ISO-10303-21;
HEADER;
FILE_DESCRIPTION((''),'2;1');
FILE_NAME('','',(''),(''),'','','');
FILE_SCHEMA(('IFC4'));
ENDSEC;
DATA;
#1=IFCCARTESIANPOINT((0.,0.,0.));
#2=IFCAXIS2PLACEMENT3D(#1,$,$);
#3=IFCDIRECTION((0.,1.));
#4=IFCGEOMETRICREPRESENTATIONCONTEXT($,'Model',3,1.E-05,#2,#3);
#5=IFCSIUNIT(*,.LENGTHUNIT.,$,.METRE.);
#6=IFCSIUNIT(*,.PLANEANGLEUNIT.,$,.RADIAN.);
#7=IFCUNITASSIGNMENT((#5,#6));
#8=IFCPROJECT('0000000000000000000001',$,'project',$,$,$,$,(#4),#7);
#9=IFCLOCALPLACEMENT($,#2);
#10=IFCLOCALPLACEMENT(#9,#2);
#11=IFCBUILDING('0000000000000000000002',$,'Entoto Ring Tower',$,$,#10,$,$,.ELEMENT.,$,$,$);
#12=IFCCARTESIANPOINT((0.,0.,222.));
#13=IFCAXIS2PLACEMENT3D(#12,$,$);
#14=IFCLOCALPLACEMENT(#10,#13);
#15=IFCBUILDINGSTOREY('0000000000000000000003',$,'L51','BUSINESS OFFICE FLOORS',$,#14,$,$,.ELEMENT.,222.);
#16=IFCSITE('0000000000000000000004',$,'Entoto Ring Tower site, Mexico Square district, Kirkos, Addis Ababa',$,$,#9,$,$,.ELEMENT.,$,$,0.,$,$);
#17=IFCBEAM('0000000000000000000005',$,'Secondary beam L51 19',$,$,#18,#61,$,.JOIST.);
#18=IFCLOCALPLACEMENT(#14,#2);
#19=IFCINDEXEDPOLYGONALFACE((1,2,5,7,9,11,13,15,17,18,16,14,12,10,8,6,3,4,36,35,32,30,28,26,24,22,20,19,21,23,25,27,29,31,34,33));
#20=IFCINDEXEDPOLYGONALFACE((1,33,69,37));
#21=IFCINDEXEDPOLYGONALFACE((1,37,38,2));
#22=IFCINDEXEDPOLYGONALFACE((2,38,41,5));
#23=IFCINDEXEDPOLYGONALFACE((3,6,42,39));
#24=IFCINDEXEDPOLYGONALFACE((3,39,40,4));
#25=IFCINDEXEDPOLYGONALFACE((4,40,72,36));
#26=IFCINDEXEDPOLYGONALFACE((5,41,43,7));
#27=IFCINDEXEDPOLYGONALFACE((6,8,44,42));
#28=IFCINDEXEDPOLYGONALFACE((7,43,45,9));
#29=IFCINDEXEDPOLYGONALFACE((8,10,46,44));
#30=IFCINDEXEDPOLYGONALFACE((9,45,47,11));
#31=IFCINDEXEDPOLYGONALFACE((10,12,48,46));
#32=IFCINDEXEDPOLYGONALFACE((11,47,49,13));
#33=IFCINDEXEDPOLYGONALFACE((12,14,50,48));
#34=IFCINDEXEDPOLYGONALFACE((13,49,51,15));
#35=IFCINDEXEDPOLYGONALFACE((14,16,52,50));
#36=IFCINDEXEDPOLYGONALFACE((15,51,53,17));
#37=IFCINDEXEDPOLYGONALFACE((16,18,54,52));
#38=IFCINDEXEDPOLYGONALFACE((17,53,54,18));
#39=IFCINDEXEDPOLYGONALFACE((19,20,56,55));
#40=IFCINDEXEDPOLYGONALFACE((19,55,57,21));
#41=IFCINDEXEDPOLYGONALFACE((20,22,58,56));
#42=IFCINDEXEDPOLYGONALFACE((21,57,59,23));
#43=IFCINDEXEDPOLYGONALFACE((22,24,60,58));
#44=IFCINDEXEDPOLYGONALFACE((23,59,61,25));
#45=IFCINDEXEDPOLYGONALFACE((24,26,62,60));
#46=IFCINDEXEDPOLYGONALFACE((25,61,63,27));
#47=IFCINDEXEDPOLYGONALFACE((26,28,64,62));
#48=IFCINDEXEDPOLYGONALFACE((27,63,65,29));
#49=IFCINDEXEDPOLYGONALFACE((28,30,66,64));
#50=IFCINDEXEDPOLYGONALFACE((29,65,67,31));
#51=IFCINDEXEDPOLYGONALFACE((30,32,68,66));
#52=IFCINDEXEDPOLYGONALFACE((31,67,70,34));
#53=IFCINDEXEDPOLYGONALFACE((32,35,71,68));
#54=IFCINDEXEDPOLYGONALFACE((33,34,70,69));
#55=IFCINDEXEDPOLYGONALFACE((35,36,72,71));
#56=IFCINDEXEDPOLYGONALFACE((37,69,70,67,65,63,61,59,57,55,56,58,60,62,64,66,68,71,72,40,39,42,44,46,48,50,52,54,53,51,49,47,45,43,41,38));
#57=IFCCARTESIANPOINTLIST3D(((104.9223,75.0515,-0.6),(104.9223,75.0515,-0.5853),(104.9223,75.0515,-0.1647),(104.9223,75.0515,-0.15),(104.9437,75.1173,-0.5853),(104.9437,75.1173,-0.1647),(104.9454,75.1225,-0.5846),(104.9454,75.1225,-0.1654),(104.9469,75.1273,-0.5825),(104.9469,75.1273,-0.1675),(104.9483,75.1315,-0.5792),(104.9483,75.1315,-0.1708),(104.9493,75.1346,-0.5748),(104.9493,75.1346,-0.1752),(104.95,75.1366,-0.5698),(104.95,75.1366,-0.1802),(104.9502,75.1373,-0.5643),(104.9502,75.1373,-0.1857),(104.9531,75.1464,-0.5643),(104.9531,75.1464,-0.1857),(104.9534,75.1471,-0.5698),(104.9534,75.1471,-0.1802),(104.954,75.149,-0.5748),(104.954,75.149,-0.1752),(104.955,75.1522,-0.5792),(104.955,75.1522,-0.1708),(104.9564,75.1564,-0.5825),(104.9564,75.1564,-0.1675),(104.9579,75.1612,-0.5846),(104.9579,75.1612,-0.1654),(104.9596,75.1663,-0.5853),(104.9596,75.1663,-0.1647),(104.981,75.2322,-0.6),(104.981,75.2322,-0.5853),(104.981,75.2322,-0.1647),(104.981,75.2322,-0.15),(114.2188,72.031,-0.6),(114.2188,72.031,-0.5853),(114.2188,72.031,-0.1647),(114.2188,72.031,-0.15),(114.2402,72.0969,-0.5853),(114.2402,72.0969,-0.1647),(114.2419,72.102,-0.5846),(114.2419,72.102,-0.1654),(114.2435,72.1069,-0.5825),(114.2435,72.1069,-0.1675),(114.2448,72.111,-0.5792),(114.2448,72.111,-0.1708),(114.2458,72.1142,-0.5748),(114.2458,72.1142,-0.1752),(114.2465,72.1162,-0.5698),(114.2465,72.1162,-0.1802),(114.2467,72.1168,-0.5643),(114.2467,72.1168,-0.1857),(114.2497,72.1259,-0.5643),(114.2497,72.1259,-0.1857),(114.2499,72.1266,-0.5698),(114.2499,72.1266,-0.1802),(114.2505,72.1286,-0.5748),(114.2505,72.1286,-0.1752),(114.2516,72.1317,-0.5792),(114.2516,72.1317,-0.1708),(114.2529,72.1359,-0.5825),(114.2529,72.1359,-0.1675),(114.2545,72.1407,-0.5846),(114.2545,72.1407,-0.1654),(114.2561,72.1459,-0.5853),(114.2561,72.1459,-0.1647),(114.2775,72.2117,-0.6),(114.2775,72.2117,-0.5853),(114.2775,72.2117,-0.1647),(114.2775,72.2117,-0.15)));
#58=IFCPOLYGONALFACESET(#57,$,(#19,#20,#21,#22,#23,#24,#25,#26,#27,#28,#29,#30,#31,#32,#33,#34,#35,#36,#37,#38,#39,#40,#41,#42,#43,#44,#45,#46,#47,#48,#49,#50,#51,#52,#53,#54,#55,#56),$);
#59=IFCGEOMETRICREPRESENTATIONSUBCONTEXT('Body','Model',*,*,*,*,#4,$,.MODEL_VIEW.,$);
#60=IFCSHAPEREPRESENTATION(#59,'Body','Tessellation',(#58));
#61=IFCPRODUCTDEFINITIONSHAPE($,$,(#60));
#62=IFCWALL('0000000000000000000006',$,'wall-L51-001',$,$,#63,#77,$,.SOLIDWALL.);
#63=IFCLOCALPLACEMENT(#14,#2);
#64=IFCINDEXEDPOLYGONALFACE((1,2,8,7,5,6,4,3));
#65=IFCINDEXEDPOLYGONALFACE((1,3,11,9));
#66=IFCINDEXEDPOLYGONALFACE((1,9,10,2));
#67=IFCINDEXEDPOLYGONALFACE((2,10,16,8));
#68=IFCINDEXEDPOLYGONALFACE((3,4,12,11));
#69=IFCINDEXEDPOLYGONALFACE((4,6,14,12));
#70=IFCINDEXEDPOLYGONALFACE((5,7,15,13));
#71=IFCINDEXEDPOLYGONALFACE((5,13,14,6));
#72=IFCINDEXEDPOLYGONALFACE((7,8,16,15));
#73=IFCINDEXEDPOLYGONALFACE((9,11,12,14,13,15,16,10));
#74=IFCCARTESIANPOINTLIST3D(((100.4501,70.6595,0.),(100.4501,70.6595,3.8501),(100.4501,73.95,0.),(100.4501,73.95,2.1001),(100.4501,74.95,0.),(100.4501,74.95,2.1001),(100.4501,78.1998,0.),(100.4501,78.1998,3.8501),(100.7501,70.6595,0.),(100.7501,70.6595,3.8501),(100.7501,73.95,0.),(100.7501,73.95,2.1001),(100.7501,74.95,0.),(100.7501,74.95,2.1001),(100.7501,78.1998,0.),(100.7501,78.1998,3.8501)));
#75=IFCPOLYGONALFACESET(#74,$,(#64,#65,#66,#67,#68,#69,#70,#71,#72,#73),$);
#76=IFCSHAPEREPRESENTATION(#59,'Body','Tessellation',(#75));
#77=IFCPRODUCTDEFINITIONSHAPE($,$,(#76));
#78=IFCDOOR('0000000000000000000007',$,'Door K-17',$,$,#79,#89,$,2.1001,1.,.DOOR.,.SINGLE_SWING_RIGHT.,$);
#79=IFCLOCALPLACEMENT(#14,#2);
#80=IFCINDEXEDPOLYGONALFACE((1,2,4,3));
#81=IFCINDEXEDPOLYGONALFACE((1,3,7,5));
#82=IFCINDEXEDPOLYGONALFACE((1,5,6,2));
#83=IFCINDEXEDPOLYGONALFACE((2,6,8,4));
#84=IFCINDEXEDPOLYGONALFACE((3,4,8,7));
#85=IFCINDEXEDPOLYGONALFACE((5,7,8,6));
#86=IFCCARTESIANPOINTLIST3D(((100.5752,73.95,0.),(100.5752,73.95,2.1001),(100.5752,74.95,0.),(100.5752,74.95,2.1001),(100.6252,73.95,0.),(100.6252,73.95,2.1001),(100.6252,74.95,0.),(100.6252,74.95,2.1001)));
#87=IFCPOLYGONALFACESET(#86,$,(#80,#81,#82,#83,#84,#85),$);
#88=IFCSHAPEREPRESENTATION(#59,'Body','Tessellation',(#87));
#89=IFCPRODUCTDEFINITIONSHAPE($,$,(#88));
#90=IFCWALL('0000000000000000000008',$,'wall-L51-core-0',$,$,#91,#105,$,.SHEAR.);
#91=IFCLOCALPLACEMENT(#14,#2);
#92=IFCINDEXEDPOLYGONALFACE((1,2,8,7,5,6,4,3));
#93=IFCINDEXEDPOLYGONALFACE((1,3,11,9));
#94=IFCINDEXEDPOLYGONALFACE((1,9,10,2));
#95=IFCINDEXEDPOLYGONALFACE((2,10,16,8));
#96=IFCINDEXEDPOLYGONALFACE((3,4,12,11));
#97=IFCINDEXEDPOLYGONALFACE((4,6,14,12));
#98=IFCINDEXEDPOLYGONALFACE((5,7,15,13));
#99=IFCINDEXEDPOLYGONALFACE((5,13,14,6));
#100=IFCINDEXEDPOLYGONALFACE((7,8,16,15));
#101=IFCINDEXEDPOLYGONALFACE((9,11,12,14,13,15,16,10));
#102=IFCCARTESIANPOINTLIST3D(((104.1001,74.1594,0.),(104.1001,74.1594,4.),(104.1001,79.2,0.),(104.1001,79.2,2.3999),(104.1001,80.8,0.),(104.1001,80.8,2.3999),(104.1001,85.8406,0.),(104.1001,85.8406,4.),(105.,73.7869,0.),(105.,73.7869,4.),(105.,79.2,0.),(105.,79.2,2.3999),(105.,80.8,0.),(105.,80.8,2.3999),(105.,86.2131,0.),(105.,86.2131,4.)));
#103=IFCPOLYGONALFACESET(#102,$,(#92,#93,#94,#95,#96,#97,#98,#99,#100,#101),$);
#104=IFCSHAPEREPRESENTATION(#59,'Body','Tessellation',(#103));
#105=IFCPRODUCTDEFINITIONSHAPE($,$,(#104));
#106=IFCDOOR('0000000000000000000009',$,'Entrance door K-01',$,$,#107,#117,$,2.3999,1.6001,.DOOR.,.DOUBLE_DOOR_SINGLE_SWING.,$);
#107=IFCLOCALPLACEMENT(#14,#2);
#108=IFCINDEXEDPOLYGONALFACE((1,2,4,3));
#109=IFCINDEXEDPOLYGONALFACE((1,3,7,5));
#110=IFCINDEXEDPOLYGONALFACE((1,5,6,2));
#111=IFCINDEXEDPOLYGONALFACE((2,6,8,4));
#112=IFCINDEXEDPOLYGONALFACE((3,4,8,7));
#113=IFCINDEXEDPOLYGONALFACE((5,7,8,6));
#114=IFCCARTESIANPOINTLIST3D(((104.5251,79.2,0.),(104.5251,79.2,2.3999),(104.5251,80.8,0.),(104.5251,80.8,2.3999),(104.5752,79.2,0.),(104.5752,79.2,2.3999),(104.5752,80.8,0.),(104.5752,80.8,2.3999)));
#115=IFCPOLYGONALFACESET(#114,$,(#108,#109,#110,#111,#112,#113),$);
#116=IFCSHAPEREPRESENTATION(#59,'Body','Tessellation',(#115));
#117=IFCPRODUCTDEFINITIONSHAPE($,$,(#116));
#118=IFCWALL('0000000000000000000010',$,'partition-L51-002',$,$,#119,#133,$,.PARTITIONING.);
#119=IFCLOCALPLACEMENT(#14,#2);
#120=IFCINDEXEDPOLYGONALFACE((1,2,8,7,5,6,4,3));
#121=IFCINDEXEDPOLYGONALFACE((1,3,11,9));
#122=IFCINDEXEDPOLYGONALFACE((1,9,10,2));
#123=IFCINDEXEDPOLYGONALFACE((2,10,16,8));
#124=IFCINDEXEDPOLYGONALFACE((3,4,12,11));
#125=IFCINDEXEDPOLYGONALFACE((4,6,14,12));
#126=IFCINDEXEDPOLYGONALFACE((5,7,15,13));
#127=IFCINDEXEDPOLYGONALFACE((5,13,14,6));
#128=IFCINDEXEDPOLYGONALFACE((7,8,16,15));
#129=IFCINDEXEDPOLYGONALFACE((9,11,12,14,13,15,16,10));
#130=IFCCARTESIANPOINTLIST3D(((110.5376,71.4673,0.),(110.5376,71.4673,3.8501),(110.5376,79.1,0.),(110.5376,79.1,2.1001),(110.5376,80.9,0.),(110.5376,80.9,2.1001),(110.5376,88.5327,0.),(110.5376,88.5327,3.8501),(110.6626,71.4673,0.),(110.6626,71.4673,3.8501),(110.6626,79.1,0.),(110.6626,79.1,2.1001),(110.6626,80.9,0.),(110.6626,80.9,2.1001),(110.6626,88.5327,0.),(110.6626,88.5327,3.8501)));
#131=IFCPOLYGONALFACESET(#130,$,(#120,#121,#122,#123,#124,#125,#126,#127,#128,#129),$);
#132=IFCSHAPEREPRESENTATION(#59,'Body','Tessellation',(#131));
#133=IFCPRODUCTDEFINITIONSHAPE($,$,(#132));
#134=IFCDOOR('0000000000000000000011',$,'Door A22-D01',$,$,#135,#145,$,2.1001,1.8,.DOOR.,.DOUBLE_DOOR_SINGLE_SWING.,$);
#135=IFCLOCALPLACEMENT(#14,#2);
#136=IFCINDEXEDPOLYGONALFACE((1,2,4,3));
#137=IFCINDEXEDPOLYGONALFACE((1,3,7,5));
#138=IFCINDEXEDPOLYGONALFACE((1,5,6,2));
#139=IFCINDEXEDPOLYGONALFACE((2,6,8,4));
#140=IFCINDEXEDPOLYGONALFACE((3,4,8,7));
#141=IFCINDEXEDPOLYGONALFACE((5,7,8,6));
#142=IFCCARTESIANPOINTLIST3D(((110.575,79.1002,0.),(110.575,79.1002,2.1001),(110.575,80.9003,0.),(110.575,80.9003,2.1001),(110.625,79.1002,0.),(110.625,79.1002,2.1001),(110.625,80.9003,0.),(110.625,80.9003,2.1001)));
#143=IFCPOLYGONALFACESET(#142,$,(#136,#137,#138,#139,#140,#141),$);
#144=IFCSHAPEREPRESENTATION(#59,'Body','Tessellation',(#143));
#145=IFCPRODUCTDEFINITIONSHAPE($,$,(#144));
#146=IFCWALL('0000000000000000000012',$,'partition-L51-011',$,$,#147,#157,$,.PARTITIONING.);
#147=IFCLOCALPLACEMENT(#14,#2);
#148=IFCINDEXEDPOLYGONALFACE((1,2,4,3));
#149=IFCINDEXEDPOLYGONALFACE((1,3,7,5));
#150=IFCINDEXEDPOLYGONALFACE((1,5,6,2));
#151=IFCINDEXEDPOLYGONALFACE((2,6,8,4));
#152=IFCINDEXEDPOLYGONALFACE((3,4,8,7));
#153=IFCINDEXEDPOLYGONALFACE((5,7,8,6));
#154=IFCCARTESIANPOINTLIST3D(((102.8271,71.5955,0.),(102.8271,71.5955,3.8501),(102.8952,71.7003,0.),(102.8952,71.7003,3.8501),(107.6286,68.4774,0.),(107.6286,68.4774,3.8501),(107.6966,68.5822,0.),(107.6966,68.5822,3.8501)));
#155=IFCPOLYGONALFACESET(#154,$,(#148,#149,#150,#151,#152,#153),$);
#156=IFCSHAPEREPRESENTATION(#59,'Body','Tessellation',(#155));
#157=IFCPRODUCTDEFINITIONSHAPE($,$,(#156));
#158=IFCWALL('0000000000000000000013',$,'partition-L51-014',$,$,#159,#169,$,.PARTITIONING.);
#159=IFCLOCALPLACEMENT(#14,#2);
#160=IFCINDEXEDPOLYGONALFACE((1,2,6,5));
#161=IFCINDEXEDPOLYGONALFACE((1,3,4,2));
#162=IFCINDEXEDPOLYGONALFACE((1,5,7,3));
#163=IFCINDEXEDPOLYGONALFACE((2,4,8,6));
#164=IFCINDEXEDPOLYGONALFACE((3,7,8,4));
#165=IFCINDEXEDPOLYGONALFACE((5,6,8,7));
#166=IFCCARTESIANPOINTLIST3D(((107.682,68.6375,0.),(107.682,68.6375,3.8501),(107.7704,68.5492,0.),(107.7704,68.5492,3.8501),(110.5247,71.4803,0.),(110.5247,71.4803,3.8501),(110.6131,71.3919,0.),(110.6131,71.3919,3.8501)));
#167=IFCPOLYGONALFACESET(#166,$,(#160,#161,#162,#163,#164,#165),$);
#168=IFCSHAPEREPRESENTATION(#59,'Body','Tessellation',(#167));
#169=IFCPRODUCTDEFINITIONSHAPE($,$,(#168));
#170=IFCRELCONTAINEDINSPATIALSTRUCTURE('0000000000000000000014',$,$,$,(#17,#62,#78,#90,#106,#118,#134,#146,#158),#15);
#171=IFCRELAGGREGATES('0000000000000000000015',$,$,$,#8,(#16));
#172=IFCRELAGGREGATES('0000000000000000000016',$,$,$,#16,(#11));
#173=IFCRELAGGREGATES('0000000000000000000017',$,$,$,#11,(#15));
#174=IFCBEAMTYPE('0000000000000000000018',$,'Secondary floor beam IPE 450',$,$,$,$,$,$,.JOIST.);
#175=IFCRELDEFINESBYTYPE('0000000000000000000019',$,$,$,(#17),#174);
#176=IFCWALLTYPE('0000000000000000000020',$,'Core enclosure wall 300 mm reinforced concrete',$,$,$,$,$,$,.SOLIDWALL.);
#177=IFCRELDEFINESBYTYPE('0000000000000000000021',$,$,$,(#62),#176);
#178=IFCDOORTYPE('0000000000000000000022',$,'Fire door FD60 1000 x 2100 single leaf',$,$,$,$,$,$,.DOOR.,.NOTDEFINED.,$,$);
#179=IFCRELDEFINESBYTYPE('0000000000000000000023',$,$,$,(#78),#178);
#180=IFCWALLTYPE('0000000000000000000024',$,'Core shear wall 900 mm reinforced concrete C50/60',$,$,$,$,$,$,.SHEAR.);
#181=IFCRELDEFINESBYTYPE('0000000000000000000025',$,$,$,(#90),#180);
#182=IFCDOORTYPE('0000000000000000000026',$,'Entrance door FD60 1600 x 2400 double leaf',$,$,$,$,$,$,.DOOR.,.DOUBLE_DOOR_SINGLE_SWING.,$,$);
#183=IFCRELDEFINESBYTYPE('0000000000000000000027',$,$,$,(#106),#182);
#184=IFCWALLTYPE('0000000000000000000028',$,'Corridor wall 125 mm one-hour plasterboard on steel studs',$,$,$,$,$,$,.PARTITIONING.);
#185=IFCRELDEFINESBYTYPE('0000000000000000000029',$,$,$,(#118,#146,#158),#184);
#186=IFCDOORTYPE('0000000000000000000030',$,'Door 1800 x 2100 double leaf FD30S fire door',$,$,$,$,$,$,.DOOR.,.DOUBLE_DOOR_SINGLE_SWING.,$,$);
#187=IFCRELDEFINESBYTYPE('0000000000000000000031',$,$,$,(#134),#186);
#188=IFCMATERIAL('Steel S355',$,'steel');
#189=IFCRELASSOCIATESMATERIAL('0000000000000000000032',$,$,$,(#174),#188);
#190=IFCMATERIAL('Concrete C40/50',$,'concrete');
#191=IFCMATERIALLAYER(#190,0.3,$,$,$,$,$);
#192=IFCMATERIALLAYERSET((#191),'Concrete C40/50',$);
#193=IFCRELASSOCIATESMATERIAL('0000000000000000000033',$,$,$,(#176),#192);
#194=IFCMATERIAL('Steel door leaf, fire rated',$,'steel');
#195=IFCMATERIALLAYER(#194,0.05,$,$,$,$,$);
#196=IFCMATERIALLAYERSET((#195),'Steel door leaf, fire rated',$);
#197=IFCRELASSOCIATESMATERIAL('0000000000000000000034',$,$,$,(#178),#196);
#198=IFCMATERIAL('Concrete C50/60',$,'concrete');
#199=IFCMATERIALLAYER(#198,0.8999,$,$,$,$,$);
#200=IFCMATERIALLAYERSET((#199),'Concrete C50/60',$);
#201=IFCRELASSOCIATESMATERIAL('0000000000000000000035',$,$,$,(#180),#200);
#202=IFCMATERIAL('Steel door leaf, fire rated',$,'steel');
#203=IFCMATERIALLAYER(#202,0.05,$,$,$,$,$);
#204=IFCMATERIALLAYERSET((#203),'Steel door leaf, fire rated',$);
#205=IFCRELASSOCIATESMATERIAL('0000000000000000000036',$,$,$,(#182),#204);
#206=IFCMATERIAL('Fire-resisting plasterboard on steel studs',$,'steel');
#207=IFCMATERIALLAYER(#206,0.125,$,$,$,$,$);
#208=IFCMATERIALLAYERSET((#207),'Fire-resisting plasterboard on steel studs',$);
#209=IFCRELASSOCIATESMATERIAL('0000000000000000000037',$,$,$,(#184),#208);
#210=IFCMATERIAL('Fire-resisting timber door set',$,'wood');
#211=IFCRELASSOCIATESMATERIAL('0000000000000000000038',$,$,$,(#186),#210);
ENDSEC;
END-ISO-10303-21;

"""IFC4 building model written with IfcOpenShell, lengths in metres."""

from ifc_helpers import new_model, si_unit, direction, frame, frame_2d, origin, origin_2d, place, context, subcontext, project, spatial, polyline, rectangle, i_section, outline, extrude, material, layer, layer_set, material_profile, profile_set, type_object, element, fill, save


model = new_model("IFC4")

# Units and contexts
model_context = context("Model", 3, precision=1e-05, world=origin(), true_north=direction((0.0, 1.0)))
body_context = subcontext(model_context, "Body", "Model", "MODEL_VIEW")
ifc_project = project(units=[si_unit("LENGTHUNIT", "METRE"), si_unit("PLANEANGLEUNIT", "RADIAN")], contexts=[model_context])

# Site, building, storey
site_placement = place(None, origin())
site = spatial("IfcSite", under=ifc_project, at=site_placement, Name="Entoto Ring Tower site, Mexico Square district, Kirkos, Addis Ababa", CompositionType="ELEMENT", RefElevation=0.0)
building_placement = place(site_placement, origin())
building = spatial("IfcBuilding", under=site, at=building_placement, Name="Entoto Ring Tower", CompositionType="ELEMENT")
storey_placement = place(building_placement, frame((0.0, 0.0, 222.0)))
storey = spatial("IfcBuildingStorey", under=building, at=storey_placement, Name="L51", Description="BUSINESS OFFICE FLOORS", CompositionType="ELEMENT", Elevation=222.0)

# Beam
ifc_material_1 = material(Name="Steel S355", Category="steel")
ifc_material_profile_1 = material_profile(ifc_material_1, i_section(OverallWidth=0.1899, OverallDepth=0.45, WebThickness=0.0095, FlangeThickness=0.0146, FilletRadius=0.021, at=origin_2d()), Name="IPE 450")
ifc_profile_set_1 = profile_set([ifc_material_profile_1], Name="Steel S355")
beam_type_1 = type_object("IfcBeamType", Name="Secondary floor beam IPE 450", PredefinedType="JOIST", material=ifc_profile_set_1)
beam_1_placement = place(storey_placement, frame((104.9517, 75.1418, -0.375), z_axis=(0.951061, -0.309003, 0.0), x_axis=(0.309003, 0.951061, 0.0)))
element("IfcBeam", 1, at=beam_1_placement, inside=storey, type_object=beam_type_1, Name="Secondary beam L51 19", PredefinedType="JOIST", context=body_context, shape_type="SweptSolid", body=[
    extrude(i_section(OverallWidth=0.1899, OverallDepth=0.45, WebThickness=0.0095, FlangeThickness=0.0146, FilletRadius=0.021, at=origin_2d()), origin(), (0.0, 0.0, 1.0), 9.7749),
])

# Walls, openings, doors
ifc_material_2 = material(Name="Concrete C40/50", Category="concrete")
ifc_layer_1 = layer(ifc_material_2, 0.3)
ifc_layer_set_1 = layer_set([ifc_layer_1], Name="Concrete C40/50")
wall_type_1 = type_object("IfcWallType", Name="Core enclosure wall 300 mm reinforced concrete", PredefinedType="SOLIDWALL", material=ifc_layer_set_1)
wall_1_placement = place(storey_placement, frame((100.6001, 70.6597, 0.0), z_axis=(0.0, 0.0, 1.0), x_axis=(0.0, 1.0, 0.0)))
wall_1 = element("IfcWall", 2, at=wall_1_placement, inside=storey, type_object=wall_type_1, Name="wall-L51-001", PredefinedType="SOLIDWALL", context=body_context, shape_type="SweptSolid", body=[
    extrude(rectangle(XDim=7.5403, YDim=0.3, at=frame_2d((3.77, 0.0))), origin(), (0.0, 0.0, 1.0), 3.8501),
])
opening_1_placement = place(wall_1_placement, frame((3.2903, 0.0, 0.0)))
opening_1 = element("IfcOpeningElement", 3, at=opening_1_placement, cuts=wall_1, PredefinedType="OPENING", context=body_context, shape_type="SweptSolid", body=[
    extrude(rectangle(XDim=1.0, YDim=2.1001, at=frame_2d((0.5, 1.05))), frame((0.0, 0.1602, 0.0), z_axis=(0.0, -1.0, 0.0), x_axis=(1.0, 0.0, 0.0)), (0.0, 0.0, 1.0), 0.3201),
])
ifc_material_3 = material(Name="Steel door leaf, fire rated", Category="steel")
ifc_layer_2 = layer(ifc_material_3, 0.05)
ifc_layer_set_2 = layer_set([ifc_layer_2], Name="Steel door leaf, fire rated")
door_type_1 = type_object("IfcDoorType", Name="Fire door FD60 1000 x 2100 single leaf", OperationType="NOTDEFINED", PredefinedType="DOOR", material=ifc_layer_set_2)
door_1_placement = place(opening_1_placement, origin())
door_1 = element("IfcDoor", 4, at=door_1_placement, inside=storey, type_object=door_type_1, Name="Door K-17", OperationType="SINGLE_SWING_RIGHT", OverallHeight=2.1001, OverallWidth=1.0, PredefinedType="DOOR", context=body_context, shape_type="SweptSolid", body=[
    extrude(rectangle(XDim=1.0, YDim=2.1001, at=frame_2d((0.5, 1.05))), frame((0.0, 0.0249, 0.0), z_axis=(0.0, -1.0, 0.0), x_axis=(1.0, 0.0, 0.0)), (0.0, 0.0, 1.0), 0.05),
])
fill(opening_1, door_1)
ifc_material_4 = material(Name="Concrete C50/60", Category="concrete")
ifc_layer_3 = layer(ifc_material_4, 0.8999)
ifc_layer_set_3 = layer_set([ifc_layer_3], Name="Concrete C50/60")
wall_type_2 = type_object("IfcWallType", Name="Core shear wall 900 mm reinforced concrete C50/60", PredefinedType="SHEAR", material=ifc_layer_set_3)
wall_2_placement = place(storey_placement, frame((104.55, 73.9731, 0.0), z_axis=(0.0, 0.0, 1.0), x_axis=(0.0, 1.0, 0.0)))
wall_2 = element("IfcWall", 5, at=wall_2_placement, inside=storey, type_object=wall_type_2, Name="wall-L51-core-0", PredefinedType="SHEAR", context=body_context, shape_type="SweptSolid", body=[
    extrude(outline(polyline([(-0.1863, -0.45), (12.24, -0.45), (11.8674, 0.45), (0.1863, 0.45), (-0.1863, -0.45)])), origin(), (0.0, 0.0, 1.0), 4.0),
])
opening_2_placement = place(wall_2_placement, frame((5.2268, 0.0, 0.0)))
opening_2 = element("IfcOpeningElement", 6, at=opening_2_placement, cuts=wall_2, PredefinedType="OPENING", context=body_context, shape_type="SweptSolid", body=[
    extrude(rectangle(XDim=1.6001, YDim=2.3999, at=frame_2d((0.8, 1.2))), frame((0.0, 0.46, 0.0), z_axis=(0.0, -1.0, 0.0), x_axis=(1.0, 0.0, 0.0)), (0.0, 0.0, 1.0), 0.9199),
])
ifc_material_5 = material(Name="Steel door leaf, fire rated", Category="steel")
ifc_layer_4 = layer(ifc_material_5, 0.05)
ifc_layer_set_4 = layer_set([ifc_layer_4], Name="Steel door leaf, fire rated")
door_type_2 = type_object("IfcDoorType", Name="Entrance door FD60 1600 x 2400 double leaf", OperationType="DOUBLE_DOOR_SINGLE_SWING", PredefinedType="DOOR", material=ifc_layer_set_4)
door_2_placement = place(opening_2_placement, origin())
door_2 = element("IfcDoor", 7, at=door_2_placement, inside=storey, type_object=door_type_2, Name="Entrance door K-01", OperationType="DOUBLE_DOOR_SINGLE_SWING", OverallHeight=2.3999, OverallWidth=1.6001, PredefinedType="DOOR", context=body_context, shape_type="SweptSolid", body=[
    extrude(rectangle(XDim=1.6001, YDim=2.3999, at=frame_2d((0.8, 1.2))), frame((0.0, 0.0249, 0.0), z_axis=(0.0, -1.0, 0.0), x_axis=(1.0, 0.0, 0.0)), (0.0, 0.0, 1.0), 0.05),
])
fill(opening_2, door_2)
ifc_material_6 = material(Name="Fire-resisting plasterboard on steel studs", Category="steel")
ifc_layer_5 = layer(ifc_material_6, 0.125)
ifc_layer_set_5 = layer_set([ifc_layer_5], Name="Fire-resisting plasterboard on steel studs")
wall_type_3 = type_object("IfcWallType", Name="Corridor wall 125 mm one-hour plasterboard on steel studs", PredefinedType="PARTITIONING", material=ifc_layer_set_5)
wall_3_placement = place(storey_placement, frame((110.6001, 71.4673, 0.0), z_axis=(0.0, 0.0, 1.0), x_axis=(0.0, 1.0, 0.0)))
wall_3 = element("IfcWall", 8, at=wall_3_placement, inside=storey, type_object=wall_type_3, Name="partition-L51-002", PredefinedType="PARTITIONING", context=body_context, shape_type="SweptSolid", body=[
    extrude(rectangle(XDim=17.0654, YDim=0.125, at=frame_2d((8.5327, 0.0))), origin(), (0.0, 0.0, 1.0), 3.8501),
])
opening_3_placement = place(wall_3_placement, frame((7.6328, 0.0, 0.0)))
opening_3 = element("IfcOpeningElement", 9, at=opening_3_placement, cuts=wall_3, PredefinedType="OPENING", context=body_context, shape_type="SweptSolid", body=[
    extrude(rectangle(XDim=1.8, YDim=2.1001, at=frame_2d((0.8999, 1.05))), frame((0.0, 0.0725, 0.0), z_axis=(0.0, -1.0, 0.0), x_axis=(1.0, 0.0, 0.0)), (0.0, 0.0, 1.0), 0.145),
])
ifc_material_7 = material(Name="Fire-resisting timber door set", Category="wood")
door_type_3 = type_object("IfcDoorType", Name="Door 1800 x 2100 double leaf FD30S fire door", OperationType="DOUBLE_DOOR_SINGLE_SWING", PredefinedType="DOOR", material=ifc_material_7)
door_3_placement = place(opening_3_placement, frame((1.8, 0.0, 0.0), z_axis=(0.0, 0.0, 1.0), x_axis=(-1.0, 0.0, 0.0)))
door_3 = element("IfcDoor", 10, at=door_3_placement, inside=storey, type_object=door_type_3, Name="Door A22-D01", OperationType="DOUBLE_DOOR_SINGLE_SWING", OverallHeight=2.1001, OverallWidth=1.8, PredefinedType="DOOR", context=body_context, shape_type="SweptSolid", body=[
    extrude(rectangle(XDim=1.8, YDim=2.1001, at=frame_2d((0.8999, 1.05))), frame((0.0, 0.0249, 0.0), z_axis=(0.0, -1.0, 0.0), x_axis=(1.0, 0.0, 0.0)), (0.0, 0.0, 1.0), 0.05),
])
fill(opening_3, door_3)

# Walls
wall_4_placement = place(storey_placement, frame((107.6626, 68.5298, 0.0), z_axis=(0.0, 0.0, 1.0), x_axis=(-0.838669, 0.544642, 0.0)))
element("IfcWall", 11, at=wall_4_placement, inside=storey, type_object=wall_type_3, Name="partition-L51-011", PredefinedType="PARTITIONING", context=body_context, shape_type="SweptSolid", body=[
    extrude(rectangle(XDim=5.7251, YDim=0.125, at=frame_2d((2.8625, 0.0))), origin(), (0.0, 0.0, 1.0), 3.8501),
])
wall_5_placement = place(storey_placement, frame((107.7261, 68.5933, 0.0), z_axis=(0.0, 0.0, 1.0), x_axis=(0.707107, 0.707107, 0.0)))
element("IfcWall", 12, at=wall_5_placement, inside=storey, type_object=wall_type_3, Name="partition-L51-014", PredefinedType="PARTITIONING", context=body_context, shape_type="SweptSolid", body=[
    extrude(rectangle(XDim=4.0203, YDim=0.125, at=frame_2d((2.0103, 0.0))), origin(), (0.0, 0.0, 1.0), 3.8501),
])

save(model, "model.ifc")
